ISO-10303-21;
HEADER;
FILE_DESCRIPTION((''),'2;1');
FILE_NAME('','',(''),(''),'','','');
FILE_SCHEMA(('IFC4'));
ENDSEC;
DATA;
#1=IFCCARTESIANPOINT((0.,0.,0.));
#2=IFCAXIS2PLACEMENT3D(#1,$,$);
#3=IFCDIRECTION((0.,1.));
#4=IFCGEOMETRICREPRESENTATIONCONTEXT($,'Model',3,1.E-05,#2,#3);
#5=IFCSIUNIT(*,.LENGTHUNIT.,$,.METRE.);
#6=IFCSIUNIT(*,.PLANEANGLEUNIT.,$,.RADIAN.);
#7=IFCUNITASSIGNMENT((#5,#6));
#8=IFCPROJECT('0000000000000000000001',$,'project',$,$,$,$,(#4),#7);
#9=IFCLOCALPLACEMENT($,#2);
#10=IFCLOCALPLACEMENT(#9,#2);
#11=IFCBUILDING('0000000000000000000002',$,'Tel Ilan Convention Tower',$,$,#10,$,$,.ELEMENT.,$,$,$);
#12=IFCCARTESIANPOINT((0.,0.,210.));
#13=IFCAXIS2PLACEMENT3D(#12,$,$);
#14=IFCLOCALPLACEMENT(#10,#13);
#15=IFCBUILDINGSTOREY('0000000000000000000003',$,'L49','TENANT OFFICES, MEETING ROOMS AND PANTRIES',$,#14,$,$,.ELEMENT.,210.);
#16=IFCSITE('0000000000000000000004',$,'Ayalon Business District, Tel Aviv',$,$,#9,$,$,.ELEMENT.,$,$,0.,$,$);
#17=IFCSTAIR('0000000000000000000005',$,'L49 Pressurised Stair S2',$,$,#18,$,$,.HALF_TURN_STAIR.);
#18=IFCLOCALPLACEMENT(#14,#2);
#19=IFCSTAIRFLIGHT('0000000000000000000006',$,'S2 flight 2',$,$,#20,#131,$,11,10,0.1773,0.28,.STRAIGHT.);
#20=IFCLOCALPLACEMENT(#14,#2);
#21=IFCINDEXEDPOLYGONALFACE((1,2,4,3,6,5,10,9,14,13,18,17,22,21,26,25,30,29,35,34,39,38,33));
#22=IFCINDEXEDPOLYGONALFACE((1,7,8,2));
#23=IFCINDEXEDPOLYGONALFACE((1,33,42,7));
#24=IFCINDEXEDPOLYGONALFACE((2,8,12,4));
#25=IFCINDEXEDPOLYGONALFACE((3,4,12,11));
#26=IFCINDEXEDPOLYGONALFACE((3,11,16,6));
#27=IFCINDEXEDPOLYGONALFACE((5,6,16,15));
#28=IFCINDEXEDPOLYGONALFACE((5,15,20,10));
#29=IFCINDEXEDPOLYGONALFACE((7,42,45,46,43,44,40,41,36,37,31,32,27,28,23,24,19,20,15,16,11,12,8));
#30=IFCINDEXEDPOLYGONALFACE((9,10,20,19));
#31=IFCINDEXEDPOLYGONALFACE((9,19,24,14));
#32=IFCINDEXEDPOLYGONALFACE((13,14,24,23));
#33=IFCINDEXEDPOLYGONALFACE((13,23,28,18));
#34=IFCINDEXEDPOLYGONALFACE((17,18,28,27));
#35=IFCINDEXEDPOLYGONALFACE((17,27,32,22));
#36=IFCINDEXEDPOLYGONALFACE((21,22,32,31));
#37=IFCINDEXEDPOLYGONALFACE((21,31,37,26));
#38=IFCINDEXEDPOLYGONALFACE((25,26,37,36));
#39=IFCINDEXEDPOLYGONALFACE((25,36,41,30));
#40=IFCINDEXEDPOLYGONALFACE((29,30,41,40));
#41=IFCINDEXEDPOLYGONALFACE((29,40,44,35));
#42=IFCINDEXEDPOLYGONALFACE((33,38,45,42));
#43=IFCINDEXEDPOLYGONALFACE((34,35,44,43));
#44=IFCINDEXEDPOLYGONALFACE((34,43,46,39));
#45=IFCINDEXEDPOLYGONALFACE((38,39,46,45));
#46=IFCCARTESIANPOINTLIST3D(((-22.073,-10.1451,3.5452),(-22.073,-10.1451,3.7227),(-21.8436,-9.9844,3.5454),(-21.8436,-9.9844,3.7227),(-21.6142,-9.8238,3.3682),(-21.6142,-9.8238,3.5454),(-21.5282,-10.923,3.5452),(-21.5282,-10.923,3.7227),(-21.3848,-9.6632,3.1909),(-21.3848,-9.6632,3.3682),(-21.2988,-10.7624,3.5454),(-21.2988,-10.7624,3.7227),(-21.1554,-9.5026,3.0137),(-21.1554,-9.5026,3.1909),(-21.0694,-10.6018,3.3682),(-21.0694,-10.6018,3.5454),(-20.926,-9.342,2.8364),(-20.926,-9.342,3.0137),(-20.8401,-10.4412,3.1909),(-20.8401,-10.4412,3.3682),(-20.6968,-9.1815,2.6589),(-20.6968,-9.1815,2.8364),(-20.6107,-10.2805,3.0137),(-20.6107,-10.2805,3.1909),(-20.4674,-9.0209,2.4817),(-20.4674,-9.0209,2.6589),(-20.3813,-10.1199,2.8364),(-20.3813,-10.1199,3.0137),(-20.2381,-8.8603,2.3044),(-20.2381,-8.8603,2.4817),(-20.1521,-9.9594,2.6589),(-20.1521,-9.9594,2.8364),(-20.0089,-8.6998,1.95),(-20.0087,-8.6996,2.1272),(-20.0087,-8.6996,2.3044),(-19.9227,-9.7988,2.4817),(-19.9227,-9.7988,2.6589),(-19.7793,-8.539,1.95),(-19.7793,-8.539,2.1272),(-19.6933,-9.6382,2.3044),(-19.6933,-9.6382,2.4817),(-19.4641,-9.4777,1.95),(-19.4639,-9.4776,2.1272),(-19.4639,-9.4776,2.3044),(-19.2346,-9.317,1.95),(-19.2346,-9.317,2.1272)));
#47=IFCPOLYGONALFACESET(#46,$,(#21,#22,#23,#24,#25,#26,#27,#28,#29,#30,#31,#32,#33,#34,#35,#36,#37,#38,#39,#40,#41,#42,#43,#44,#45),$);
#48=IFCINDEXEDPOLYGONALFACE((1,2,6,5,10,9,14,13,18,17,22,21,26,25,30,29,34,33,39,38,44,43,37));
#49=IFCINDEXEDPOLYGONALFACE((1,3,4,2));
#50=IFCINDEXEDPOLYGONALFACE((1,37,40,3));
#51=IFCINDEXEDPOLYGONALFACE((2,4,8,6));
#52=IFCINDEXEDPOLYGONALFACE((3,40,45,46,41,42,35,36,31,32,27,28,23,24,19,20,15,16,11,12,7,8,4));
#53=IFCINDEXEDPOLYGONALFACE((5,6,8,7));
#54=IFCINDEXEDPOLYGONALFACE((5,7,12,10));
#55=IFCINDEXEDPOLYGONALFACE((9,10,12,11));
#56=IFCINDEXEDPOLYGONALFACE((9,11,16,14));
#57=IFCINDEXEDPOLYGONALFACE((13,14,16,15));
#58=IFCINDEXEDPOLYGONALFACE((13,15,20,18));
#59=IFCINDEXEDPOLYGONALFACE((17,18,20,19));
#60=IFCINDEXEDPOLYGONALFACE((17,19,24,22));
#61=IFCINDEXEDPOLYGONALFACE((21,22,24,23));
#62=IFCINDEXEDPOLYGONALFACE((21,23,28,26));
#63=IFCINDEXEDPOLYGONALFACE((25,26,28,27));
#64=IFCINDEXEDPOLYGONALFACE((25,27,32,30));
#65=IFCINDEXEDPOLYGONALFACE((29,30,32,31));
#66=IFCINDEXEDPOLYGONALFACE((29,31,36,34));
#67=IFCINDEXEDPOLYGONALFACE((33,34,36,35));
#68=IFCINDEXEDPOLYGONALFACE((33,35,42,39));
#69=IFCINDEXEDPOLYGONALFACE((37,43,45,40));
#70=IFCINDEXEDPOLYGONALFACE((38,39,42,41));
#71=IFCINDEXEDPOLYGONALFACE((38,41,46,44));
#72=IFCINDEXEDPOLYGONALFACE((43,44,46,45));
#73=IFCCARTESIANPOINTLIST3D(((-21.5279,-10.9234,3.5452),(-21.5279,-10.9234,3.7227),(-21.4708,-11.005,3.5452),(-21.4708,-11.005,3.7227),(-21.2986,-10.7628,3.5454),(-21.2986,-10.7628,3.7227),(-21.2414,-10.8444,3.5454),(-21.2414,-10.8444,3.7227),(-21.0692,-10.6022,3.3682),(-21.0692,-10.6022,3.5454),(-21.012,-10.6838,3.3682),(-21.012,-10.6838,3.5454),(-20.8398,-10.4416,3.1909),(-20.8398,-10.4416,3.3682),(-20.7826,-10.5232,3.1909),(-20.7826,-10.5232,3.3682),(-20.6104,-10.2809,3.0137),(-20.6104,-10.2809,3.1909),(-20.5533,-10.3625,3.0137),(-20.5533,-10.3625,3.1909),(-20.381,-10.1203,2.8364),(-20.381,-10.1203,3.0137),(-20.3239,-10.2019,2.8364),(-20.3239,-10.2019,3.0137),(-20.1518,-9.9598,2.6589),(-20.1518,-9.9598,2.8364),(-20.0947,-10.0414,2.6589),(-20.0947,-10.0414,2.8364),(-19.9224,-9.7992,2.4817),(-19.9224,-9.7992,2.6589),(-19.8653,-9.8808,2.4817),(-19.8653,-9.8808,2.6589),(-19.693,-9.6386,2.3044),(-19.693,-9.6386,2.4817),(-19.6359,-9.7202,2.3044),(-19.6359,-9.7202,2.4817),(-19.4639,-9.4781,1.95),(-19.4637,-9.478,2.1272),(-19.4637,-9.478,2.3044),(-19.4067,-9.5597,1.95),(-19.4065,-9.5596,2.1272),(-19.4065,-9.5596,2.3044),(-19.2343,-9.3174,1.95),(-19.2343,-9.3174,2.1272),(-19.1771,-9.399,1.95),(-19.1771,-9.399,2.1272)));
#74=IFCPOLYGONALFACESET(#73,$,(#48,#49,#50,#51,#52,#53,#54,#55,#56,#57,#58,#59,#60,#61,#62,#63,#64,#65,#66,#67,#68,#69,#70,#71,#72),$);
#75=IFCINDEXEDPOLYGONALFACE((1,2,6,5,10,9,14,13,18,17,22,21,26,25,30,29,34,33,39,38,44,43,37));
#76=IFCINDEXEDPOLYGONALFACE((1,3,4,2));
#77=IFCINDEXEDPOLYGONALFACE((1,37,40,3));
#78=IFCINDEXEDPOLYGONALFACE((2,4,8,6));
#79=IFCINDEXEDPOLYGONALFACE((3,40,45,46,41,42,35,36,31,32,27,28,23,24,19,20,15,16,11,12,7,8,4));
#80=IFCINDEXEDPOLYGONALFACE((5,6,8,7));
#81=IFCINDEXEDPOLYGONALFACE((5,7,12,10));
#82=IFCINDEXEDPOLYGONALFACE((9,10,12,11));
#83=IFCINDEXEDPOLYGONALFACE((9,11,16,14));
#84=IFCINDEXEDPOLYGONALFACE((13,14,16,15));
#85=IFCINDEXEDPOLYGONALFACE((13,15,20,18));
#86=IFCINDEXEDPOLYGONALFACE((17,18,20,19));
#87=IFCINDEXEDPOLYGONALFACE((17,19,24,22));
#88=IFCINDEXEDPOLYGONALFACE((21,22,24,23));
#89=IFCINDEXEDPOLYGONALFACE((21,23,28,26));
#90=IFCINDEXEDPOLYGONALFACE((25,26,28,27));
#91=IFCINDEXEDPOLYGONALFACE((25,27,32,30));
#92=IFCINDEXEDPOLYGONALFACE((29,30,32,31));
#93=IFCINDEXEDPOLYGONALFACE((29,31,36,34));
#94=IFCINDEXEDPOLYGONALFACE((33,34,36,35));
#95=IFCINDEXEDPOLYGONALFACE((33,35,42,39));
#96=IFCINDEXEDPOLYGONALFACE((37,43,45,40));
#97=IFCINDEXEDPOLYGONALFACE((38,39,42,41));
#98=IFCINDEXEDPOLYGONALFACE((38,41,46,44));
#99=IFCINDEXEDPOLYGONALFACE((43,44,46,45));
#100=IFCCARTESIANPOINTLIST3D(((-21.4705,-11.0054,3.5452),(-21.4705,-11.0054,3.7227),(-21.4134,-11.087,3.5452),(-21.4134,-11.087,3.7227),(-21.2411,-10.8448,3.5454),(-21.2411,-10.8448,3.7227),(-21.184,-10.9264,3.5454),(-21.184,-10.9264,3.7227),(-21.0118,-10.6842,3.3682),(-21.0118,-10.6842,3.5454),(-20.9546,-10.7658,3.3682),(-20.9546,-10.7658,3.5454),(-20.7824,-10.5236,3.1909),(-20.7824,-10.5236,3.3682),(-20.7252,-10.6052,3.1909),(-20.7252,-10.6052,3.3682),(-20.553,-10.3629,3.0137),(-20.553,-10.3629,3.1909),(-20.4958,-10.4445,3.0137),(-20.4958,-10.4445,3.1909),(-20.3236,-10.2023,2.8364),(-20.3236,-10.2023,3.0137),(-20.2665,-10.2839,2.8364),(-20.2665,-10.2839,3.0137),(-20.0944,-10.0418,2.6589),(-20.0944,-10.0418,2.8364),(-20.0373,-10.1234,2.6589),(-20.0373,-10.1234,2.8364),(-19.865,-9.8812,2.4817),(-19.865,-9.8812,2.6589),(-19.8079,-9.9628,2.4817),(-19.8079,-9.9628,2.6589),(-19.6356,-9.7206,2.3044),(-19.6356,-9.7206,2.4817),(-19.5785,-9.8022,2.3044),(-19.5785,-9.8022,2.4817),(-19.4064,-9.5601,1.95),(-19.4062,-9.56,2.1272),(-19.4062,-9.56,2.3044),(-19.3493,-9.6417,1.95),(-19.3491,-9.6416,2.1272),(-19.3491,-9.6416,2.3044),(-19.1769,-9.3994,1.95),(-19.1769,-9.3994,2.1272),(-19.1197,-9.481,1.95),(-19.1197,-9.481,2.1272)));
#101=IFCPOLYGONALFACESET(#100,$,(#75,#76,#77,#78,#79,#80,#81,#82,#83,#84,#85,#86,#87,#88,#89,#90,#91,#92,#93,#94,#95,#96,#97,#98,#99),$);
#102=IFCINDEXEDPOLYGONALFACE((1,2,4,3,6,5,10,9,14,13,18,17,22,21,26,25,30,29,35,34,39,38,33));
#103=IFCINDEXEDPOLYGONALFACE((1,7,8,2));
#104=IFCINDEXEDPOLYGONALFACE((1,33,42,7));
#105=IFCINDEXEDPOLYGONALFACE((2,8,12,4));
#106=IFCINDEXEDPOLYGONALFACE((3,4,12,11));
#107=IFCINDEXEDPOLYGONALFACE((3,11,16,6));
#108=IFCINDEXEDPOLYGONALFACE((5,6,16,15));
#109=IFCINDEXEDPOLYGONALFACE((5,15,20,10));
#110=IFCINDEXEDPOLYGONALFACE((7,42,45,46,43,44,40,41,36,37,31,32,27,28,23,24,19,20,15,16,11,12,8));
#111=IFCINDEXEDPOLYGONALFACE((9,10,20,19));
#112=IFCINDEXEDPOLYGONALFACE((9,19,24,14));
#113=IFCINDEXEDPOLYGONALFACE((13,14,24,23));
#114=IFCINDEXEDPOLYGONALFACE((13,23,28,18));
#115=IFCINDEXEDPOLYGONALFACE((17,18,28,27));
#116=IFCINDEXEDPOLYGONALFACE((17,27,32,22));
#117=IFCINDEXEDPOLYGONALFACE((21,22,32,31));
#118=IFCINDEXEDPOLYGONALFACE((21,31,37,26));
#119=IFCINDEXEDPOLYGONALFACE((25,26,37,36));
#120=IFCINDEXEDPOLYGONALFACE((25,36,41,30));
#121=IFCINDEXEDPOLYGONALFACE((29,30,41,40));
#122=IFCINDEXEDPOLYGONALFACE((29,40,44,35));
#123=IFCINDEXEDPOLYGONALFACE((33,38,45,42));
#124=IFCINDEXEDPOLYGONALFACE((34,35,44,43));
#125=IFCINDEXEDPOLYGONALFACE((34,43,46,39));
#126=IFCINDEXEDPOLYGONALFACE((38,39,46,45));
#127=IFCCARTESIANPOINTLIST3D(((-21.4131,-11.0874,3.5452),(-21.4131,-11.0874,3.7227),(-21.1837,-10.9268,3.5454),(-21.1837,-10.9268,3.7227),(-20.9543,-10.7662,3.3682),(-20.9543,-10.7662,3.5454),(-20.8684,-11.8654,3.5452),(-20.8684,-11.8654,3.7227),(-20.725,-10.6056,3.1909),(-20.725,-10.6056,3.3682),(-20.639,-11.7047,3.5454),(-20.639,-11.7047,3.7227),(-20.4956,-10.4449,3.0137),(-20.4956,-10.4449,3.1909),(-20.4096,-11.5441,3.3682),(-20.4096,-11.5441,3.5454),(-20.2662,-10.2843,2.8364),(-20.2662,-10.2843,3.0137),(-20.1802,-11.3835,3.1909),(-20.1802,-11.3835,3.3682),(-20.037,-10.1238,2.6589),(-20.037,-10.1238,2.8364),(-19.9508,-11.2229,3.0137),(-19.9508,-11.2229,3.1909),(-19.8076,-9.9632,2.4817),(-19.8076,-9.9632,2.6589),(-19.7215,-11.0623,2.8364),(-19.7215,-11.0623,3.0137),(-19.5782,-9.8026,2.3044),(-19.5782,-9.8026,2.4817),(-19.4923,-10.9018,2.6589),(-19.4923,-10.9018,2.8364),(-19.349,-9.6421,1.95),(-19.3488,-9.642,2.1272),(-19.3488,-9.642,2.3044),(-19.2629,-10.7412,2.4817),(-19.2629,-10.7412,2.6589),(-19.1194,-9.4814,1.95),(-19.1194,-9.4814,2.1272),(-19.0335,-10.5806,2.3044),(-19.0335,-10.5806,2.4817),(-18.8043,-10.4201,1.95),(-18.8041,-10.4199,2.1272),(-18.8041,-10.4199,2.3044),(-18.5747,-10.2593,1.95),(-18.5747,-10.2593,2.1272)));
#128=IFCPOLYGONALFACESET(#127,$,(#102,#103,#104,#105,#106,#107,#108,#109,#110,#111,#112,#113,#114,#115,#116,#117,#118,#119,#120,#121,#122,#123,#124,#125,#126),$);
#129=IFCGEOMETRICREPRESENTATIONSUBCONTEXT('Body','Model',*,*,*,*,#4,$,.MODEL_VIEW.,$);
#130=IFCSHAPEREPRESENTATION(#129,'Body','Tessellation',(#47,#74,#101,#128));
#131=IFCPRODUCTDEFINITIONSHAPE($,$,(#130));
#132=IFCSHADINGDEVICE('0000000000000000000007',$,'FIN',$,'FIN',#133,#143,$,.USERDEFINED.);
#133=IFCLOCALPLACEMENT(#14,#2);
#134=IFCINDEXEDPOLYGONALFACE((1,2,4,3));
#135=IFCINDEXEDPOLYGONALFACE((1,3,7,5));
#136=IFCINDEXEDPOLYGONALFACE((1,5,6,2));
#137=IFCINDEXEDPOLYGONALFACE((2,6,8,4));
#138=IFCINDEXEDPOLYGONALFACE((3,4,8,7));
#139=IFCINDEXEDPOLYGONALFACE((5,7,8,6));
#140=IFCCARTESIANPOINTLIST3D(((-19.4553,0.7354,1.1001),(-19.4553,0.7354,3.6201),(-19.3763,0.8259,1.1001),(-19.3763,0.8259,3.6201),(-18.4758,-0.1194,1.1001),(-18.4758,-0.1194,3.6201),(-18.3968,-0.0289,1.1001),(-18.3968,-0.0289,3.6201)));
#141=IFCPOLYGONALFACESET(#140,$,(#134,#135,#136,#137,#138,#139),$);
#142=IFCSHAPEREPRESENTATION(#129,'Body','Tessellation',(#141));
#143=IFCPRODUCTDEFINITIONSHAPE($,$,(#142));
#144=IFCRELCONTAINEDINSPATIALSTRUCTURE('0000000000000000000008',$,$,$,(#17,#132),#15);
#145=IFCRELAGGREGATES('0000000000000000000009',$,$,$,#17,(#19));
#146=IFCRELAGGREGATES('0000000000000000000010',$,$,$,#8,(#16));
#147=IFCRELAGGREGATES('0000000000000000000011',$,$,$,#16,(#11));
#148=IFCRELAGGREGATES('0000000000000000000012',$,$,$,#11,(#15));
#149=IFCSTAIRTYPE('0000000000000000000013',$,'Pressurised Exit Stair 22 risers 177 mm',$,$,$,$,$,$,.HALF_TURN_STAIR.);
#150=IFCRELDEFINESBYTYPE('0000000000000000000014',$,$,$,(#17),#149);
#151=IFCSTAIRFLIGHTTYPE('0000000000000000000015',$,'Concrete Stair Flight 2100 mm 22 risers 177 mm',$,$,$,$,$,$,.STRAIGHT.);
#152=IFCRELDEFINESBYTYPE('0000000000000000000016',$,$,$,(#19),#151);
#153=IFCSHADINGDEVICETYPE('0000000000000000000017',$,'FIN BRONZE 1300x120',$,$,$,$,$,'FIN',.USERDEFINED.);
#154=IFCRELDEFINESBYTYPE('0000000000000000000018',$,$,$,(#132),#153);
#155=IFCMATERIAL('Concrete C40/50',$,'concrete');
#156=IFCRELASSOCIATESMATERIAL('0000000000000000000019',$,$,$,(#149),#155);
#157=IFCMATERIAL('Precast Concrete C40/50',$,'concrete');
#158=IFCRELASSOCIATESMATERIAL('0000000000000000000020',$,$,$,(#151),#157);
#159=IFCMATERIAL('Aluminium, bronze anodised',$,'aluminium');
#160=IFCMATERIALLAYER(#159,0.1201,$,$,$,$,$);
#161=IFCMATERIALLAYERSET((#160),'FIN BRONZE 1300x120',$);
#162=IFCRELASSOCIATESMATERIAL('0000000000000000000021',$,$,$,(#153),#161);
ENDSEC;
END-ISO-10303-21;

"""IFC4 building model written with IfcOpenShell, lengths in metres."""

from ifc_helpers import new_model, si_unit, direction, frame, origin, origin_2d, place, context, subcontext, project, spatial, polyline, rectangle, outline, extrude, material, layer, layer_set, type_object, element, aggregate, save


model = new_model("IFC4")

# Units and contexts
model_context = context("Model", 3, precision=1e-05, world=origin(), true_north=direction((0.0, 1.0)))
body_context = subcontext(model_context, "Body", "Model", "MODEL_VIEW")
ifc_project = project(units=[si_unit("LENGTHUNIT", "METRE"), si_unit("PLANEANGLEUNIT", "RADIAN")], contexts=[model_context])

# Site, building, storey
site_placement = place(None, origin())
site = spatial("IfcSite", under=ifc_project, at=site_placement, Name="Ayalon Business District, Tel Aviv", CompositionType="ELEMENT", RefElevation=0.0)
building_placement = place(site_placement, origin())
building = spatial("IfcBuilding", under=site, at=building_placement, Name="Tel Ilan Convention Tower", CompositionType="ELEMENT")
storey_placement = place(building_placement, frame((0.0, 0.0, 210.0)))
storey = spatial("IfcBuildingStorey", under=building, at=storey_placement, Name="L49", Description="TENANT OFFICES, MEETING ROOMS AND PANTRIES", CompositionType="ELEMENT", Elevation=210.0)

# Stair, stair flight
ifc_material_1 = material(Name="Concrete C40/50", Category="concrete")
stair_type = type_object("IfcStairType", Name="Pressurised Exit Stair 22 risers 177 mm", PredefinedType="HALF_TURN_STAIR", material=ifc_material_1)
ifc_material_2 = material(Name="Precast Concrete C40/50", Category="concrete")
stair_flight_type = type_object("IfcStairFlightType", Name="Concrete Stair Flight 2100 mm 22 risers 177 mm", PredefinedType="STRAIGHT", material=ifc_material_2)
stair_1_placement = place(storey_placement, origin())
stair_1 = element("IfcStair", 1, at=stair_1_placement, inside=storey, type_object=stair_type, Name="L49 Pressurised Stair S2", PredefinedType="HALF_TURN_STAIR")
stair_flight_1_placement = place(storey_placement, frame((-19.177, -9.3992, 1.95), z_axis=(0.0, 0.0, 1.0), x_axis=(-0.819152, -0.573576, 0.0)))
stair_flight_1 = element("IfcStairFlight", 2, at=stair_flight_1_placement, type_object=stair_flight_type, Name="S2 flight 2", NumberOfRisers=11, NumberOfTreads=10, PredefinedType="STRAIGHT", RiserHeight=0.1773, TreadLength=0.28, context=body_context, shape_type="SweptSolid", body=[
    extrude(outline(polyline([(0.0, 0.0), (0.0, 0.1772), (0.28, 0.1772), (0.28, 0.3545), (0.5601, 0.3545), (0.5601, 0.5317), (0.8401, 0.5317), (0.8401, 0.709), (1.1201, 0.709), (1.1201, 0.8865), (1.3999, 0.8865), (1.3999, 1.0637), (1.6799, 1.0637), (1.6799, 1.241), (1.96, 1.241), (1.96, 1.4182), (2.24, 1.4182), (2.24, 1.5955), (2.52, 1.5955), (2.52, 1.7727), (2.8, 1.7727), (2.8, 1.95), (2.8, 1.5952), (0.2803, 0.0), (0.0, 0.0)])), frame((0.0, -0.1003, 0.0), z_axis=(0.0, -1.0, 0.0), x_axis=(1.0, 0.0, 0.0)), (0.0, 0.0, 1.0), 0.9497),
    extrude(outline(polyline([(0.0, 0.0), (0.0, 0.1772), (0.28, 0.1772), (0.28, 0.3545), (0.5601, 0.3545), (0.5601, 0.5317), (0.8401, 0.5317), (0.8401, 0.709), (1.1201, 0.709), (1.1201, 0.8865), (1.3999, 0.8865), (1.3999, 1.0637), (1.6799, 1.0637), (1.6799, 1.241), (1.96, 1.241), (1.96, 1.4182), (2.24, 1.4182), (2.24, 1.5955), (2.52, 1.5955), (2.52, 1.7727), (2.8, 1.7727), (2.8, 1.95), (2.8, 1.5952), (0.2803, 0.0), (0.0, 0.0)])), frame((0.0, -0.0002, 0.0), z_axis=(0.0, -1.0, 0.0), x_axis=(1.0, 0.0, 0.0)), (0.0, 0.0, 1.0), 0.0996),
    extrude(outline(polyline([(0.0, 0.0), (0.0, 0.1772), (0.28, 0.1772), (0.28, 0.3545), (0.5601, 0.3545), (0.5601, 0.5317), (0.8401, 0.5317), (0.8401, 0.709), (1.1201, 0.709), (1.1201, 0.8865), (1.3999, 0.8865), (1.3999, 1.0637), (1.6799, 1.0637), (1.6799, 1.241), (1.96, 1.241), (1.96, 1.4182), (2.24, 1.4182), (2.24, 1.5955), (2.52, 1.5955), (2.52, 1.7727), (2.8, 1.7727), (2.8, 1.95), (2.8, 1.5952), (0.2803, 0.0), (0.0, 0.0)])), frame((0.0, 0.0999, 0.0), z_axis=(0.0, -1.0, 0.0), x_axis=(1.0, 0.0, 0.0)), (0.0, 0.0, 1.0), 0.0996),
    extrude(outline(polyline([(0.0, 0.0), (0.0, 0.1772), (0.28, 0.1772), (0.28, 0.3545), (0.5601, 0.3545), (0.5601, 0.5317), (0.8401, 0.5317), (0.8401, 0.709), (1.1201, 0.709), (1.1201, 0.8865), (1.3999, 0.8865), (1.3999, 1.0637), (1.6799, 1.0637), (1.6799, 1.241), (1.96, 1.241), (1.96, 1.4182), (2.24, 1.4182), (2.24, 1.5955), (2.52, 1.5955), (2.52, 1.7727), (2.8, 1.7727), (2.8, 1.95), (2.8, 1.5952), (0.2803, 0.0), (0.0, 0.0)])), frame((0.0, 1.05, 0.0), z_axis=(0.0, -1.0, 0.0), x_axis=(1.0, 0.0, 0.0)), (0.0, 0.0, 1.0), 0.9497),
])
aggregate(stair_1, [stair_flight_1])

# Shading device
ifc_material_3 = material(Name="Aluminium, bronze anodised", Category="aluminium")
ifc_layer_1 = layer(ifc_material_3, 0.1201)
ifc_layer_set_1 = layer_set([ifc_layer_1], Name="FIN BRONZE 1300x120")
shading_device_type = type_object("IfcShadingDeviceType", Name="FIN BRONZE 1300x120", ElementType="FIN", PredefinedType="USERDEFINED", material=ifc_layer_set_1)
shading_device_placement = place(storey_placement, frame((-18.926, 0.3533, 1.1001), z_axis=(0.0, 0.0, 1.0), x_axis=(-0.753436, 0.657521, 0.0)))
element("IfcShadingDevice", 3, at=shading_device_placement, inside=storey, type_object=shading_device_type, Name="FIN", ObjectType="FIN", PredefinedType="USERDEFINED", context=body_context, shape_type="SweptSolid", body=[
    extrude(rectangle(XDim=1.3, YDim=0.1201, at=origin_2d()), origin(), (0.0, 0.0, 1.0), 2.52),
])

save(model, "model.ifc")
